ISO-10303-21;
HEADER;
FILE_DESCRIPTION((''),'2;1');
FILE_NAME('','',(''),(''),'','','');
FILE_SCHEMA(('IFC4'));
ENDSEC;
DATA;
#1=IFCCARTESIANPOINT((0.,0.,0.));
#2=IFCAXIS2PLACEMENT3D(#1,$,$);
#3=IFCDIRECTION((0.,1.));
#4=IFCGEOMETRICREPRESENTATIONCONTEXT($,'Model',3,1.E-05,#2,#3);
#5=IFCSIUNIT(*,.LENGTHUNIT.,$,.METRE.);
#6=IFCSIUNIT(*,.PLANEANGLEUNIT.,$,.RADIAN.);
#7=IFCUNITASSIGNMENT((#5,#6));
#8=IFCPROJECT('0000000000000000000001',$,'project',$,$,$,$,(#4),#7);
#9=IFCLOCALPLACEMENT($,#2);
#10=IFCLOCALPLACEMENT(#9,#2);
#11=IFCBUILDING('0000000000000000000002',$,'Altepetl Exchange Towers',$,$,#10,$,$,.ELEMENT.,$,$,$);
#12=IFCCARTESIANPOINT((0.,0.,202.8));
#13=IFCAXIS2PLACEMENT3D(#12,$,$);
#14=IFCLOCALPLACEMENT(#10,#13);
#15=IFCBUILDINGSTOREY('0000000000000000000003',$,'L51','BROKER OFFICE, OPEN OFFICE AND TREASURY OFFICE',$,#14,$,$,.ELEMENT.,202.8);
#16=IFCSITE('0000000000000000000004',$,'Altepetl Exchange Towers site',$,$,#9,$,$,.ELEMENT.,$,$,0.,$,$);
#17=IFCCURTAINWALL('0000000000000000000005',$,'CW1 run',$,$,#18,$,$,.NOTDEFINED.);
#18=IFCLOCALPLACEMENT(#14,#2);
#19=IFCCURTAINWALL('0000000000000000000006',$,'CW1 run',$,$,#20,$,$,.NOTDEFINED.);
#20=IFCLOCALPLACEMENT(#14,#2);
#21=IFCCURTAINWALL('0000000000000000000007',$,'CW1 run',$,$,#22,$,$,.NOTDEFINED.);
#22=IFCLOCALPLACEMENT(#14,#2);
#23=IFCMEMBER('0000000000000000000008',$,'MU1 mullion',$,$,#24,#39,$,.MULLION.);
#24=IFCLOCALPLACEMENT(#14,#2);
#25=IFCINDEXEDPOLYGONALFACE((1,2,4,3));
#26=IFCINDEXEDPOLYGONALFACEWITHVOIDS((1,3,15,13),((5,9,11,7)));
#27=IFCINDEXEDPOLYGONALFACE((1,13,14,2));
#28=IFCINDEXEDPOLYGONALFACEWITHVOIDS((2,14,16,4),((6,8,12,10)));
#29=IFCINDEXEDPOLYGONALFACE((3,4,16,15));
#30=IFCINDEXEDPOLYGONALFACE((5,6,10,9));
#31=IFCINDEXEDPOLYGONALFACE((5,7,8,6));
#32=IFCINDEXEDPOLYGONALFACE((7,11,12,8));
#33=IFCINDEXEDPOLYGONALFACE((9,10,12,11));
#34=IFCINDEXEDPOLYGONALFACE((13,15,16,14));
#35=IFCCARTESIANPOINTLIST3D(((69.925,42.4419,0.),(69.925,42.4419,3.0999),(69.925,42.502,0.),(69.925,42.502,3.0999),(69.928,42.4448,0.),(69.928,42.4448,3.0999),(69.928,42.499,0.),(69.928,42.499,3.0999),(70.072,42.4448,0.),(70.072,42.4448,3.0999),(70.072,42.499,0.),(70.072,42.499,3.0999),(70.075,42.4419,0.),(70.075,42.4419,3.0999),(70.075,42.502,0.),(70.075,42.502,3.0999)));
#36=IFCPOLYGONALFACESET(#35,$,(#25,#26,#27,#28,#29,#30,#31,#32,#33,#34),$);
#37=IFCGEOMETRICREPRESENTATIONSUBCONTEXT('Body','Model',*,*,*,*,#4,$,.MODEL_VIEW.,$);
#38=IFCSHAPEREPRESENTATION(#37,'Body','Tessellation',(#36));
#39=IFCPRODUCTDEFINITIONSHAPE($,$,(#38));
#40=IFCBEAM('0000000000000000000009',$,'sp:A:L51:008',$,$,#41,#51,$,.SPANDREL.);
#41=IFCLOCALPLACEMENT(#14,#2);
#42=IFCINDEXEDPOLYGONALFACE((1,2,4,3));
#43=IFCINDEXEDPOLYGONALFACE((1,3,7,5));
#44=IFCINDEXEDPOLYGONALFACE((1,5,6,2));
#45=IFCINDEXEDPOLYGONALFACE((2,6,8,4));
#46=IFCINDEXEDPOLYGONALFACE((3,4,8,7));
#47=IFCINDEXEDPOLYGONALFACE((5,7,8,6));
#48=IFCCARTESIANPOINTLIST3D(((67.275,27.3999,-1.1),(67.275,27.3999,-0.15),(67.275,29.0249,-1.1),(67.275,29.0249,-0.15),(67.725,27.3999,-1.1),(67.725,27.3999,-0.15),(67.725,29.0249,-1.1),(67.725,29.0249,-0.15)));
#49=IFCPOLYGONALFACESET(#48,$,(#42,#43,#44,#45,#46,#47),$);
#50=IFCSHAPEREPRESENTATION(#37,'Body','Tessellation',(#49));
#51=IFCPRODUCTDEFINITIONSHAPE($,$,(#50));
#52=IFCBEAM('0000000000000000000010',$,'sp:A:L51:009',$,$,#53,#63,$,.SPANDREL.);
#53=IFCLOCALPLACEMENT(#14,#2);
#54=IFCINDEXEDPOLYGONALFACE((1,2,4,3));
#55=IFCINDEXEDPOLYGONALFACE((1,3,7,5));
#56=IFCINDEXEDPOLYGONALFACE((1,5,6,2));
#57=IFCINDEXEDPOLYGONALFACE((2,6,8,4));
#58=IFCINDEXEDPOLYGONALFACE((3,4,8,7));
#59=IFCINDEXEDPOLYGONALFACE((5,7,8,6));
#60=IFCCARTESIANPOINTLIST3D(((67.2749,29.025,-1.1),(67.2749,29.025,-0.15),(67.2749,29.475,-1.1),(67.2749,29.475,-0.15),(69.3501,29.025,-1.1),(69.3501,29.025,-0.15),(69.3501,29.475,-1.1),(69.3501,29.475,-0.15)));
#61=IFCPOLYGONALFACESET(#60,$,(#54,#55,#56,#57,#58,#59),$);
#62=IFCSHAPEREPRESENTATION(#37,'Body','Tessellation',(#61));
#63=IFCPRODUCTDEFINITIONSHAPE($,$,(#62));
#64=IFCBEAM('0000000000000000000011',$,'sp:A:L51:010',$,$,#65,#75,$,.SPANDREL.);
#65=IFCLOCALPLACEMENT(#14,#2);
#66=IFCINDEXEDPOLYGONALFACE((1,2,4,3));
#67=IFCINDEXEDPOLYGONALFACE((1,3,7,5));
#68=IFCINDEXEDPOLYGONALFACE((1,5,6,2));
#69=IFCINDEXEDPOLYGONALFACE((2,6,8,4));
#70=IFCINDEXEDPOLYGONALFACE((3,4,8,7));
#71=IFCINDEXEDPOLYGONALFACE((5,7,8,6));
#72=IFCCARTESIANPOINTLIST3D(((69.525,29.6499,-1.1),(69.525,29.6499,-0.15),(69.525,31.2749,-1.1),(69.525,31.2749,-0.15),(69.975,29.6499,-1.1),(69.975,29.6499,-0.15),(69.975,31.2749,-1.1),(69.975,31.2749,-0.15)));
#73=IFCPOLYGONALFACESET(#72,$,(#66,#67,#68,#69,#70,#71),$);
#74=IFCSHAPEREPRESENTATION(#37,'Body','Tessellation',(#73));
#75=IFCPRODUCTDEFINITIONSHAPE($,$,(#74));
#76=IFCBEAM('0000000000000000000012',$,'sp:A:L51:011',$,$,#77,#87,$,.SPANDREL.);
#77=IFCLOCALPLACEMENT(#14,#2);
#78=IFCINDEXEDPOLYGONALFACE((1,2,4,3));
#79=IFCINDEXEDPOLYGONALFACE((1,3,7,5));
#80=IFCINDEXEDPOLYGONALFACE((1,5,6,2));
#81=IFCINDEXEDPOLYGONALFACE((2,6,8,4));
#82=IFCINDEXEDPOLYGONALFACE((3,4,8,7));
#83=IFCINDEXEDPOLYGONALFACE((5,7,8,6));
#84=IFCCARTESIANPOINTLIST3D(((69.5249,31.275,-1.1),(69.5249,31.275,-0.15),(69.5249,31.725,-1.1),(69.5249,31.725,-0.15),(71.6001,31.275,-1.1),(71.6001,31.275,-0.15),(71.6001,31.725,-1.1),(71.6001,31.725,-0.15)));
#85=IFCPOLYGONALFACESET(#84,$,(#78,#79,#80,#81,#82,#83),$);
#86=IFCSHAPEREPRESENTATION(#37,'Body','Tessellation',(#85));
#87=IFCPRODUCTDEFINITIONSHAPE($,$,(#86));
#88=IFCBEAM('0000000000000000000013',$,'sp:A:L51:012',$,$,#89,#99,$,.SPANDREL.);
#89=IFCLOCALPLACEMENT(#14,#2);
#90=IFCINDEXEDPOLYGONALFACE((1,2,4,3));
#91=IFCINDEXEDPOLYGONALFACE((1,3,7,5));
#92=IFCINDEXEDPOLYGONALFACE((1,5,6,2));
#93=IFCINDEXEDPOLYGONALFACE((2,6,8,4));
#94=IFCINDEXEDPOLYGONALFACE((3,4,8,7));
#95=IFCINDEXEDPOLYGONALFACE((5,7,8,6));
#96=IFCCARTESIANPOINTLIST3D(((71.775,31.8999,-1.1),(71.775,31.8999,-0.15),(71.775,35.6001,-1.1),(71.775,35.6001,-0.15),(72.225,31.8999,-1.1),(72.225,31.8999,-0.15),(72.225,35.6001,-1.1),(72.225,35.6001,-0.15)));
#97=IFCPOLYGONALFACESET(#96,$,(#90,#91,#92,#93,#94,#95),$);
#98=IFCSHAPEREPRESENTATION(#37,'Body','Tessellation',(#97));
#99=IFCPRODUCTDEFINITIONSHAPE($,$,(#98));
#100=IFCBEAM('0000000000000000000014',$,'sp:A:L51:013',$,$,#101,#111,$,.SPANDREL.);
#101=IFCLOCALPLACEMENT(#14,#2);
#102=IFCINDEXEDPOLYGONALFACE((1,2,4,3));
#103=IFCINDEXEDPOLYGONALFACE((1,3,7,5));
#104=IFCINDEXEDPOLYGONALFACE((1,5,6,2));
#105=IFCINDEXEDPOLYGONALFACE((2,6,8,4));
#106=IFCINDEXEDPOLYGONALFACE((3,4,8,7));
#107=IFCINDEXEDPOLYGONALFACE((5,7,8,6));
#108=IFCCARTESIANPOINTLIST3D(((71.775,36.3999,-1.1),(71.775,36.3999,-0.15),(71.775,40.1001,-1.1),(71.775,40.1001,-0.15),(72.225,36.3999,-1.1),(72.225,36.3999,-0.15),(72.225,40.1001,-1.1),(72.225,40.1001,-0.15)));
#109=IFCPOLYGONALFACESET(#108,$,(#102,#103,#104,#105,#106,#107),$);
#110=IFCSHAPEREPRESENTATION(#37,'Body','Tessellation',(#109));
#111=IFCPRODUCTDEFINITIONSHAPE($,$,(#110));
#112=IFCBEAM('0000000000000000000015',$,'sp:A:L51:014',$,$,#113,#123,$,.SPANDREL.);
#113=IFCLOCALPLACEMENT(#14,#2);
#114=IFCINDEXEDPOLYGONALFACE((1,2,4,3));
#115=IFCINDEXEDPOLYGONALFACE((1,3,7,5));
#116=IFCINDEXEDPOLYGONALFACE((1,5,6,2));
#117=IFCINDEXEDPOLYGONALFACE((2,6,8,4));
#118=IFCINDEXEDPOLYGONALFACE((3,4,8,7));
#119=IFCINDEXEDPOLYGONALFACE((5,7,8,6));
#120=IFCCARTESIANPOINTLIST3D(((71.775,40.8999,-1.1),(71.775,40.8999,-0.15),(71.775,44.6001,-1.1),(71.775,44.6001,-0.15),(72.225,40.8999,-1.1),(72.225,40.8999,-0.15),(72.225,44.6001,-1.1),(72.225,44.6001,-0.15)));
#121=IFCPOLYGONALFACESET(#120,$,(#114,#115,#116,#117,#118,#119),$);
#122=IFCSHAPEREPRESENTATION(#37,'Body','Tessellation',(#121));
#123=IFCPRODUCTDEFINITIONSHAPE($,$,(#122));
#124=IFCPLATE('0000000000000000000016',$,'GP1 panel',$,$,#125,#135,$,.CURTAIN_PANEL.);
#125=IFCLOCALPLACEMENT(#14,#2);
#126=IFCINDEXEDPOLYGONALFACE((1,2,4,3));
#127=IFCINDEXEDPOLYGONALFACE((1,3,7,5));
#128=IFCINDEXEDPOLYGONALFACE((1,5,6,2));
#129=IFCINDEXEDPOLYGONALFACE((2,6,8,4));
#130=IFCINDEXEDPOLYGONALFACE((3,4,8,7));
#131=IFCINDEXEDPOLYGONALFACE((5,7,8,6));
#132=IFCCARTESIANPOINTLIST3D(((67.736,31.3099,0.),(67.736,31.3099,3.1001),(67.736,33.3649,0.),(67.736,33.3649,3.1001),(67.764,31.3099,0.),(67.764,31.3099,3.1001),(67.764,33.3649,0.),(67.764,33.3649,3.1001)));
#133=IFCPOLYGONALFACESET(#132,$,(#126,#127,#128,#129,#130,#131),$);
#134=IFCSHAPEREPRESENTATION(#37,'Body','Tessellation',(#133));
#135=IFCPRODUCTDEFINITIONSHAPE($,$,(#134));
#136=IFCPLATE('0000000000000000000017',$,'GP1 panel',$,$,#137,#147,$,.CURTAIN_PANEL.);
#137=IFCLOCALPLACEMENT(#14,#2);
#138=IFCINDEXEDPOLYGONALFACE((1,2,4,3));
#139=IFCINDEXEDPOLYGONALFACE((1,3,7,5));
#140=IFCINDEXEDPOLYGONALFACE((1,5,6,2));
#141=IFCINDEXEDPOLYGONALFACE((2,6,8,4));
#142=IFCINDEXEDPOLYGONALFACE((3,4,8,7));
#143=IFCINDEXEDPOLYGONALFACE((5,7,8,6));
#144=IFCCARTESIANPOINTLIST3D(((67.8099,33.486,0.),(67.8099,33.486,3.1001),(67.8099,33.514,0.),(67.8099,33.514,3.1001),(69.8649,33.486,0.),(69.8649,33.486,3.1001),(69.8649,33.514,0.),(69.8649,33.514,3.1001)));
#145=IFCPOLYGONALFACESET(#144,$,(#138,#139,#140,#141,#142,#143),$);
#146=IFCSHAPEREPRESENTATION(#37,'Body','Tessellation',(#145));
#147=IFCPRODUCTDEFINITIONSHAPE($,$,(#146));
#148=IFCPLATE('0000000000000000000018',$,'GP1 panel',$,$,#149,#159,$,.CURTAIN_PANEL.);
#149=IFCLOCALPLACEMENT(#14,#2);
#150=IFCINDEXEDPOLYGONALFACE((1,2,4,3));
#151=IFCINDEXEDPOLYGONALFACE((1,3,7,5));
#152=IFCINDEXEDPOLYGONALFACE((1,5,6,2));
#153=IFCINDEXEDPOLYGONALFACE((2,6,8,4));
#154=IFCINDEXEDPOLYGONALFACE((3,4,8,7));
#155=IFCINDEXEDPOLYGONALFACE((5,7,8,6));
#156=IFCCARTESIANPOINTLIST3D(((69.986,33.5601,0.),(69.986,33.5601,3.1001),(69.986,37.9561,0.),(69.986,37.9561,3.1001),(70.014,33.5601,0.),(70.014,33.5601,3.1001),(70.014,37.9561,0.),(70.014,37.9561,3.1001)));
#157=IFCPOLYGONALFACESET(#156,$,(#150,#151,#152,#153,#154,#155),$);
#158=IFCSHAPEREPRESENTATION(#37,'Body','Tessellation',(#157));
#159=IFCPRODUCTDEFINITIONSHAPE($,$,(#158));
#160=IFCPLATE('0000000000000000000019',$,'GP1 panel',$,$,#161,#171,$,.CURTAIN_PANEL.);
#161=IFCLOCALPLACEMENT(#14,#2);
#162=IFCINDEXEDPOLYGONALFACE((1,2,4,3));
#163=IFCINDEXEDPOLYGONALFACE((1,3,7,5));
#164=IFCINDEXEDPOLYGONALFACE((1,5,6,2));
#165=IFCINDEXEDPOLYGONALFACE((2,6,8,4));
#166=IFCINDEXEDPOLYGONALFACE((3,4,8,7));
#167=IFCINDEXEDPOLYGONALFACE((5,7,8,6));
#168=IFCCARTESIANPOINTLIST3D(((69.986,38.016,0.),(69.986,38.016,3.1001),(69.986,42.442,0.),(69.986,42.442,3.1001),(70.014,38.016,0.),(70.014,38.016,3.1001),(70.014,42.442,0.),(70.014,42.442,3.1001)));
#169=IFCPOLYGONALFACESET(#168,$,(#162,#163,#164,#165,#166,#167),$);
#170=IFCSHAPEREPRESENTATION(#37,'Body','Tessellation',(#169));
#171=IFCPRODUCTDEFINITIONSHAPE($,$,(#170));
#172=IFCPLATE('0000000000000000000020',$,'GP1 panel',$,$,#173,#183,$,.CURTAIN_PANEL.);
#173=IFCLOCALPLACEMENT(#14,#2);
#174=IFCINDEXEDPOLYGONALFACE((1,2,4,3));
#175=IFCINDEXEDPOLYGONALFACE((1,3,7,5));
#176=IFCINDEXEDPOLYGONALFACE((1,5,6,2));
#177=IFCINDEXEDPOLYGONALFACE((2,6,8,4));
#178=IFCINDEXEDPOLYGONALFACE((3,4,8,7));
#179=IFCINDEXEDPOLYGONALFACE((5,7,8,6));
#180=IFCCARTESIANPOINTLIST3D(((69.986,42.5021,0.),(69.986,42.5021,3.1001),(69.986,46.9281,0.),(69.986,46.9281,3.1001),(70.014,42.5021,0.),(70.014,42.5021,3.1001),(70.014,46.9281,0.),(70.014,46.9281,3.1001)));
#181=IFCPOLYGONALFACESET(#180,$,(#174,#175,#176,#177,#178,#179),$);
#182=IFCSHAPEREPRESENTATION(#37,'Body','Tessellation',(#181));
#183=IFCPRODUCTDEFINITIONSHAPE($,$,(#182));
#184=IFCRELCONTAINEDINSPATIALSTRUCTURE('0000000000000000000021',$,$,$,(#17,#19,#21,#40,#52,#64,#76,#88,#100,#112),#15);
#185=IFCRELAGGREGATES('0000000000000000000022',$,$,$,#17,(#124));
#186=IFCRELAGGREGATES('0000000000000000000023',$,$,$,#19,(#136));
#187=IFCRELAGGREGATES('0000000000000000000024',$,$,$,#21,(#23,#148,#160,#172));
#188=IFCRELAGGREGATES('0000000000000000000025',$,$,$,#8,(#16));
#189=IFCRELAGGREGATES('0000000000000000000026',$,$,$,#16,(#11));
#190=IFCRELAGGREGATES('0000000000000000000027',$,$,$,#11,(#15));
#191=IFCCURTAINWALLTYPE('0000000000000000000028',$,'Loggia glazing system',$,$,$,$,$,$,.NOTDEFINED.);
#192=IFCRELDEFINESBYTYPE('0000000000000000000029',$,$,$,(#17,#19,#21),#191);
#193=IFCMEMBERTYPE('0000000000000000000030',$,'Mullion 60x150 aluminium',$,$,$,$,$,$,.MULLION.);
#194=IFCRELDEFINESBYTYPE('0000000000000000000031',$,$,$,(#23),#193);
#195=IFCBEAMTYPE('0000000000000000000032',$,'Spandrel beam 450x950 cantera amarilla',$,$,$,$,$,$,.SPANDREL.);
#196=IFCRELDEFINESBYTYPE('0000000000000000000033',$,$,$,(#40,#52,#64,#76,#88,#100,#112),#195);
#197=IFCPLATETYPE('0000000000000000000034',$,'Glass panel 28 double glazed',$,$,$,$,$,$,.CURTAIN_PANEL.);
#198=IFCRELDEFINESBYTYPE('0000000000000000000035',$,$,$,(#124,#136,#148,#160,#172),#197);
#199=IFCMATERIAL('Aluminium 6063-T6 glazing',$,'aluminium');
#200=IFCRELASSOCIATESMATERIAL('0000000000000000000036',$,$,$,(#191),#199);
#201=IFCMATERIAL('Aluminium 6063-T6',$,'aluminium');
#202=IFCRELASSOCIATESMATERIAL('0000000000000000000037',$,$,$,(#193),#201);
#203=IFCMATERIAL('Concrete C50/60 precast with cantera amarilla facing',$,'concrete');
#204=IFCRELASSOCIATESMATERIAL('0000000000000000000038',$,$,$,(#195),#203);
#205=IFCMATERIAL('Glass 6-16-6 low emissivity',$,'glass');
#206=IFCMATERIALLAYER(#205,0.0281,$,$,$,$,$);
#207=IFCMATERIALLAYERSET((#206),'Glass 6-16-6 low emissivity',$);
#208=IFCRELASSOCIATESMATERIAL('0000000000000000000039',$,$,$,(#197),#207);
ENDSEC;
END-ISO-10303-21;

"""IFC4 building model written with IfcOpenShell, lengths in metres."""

from ifc_helpers import new_model, si_unit, direction, frame, origin, origin_2d, place, context, subcontext, project, spatial, rectangle, hollow_rectangle, extrude, material, layer, layer_set, material_profile, profile_set, type_object, element, aggregate, save


model = new_model("IFC4")

# Units and contexts
model_context = context("Model", 3, precision=1e-05, world=origin(), true_north=direction((0.0, 1.0)))
body_context = subcontext(model_context, "Body", "Model", "MODEL_VIEW")
ifc_project = project(units=[si_unit("LENGTHUNIT", "METRE"), si_unit("PLANEANGLEUNIT", "RADIAN")], contexts=[model_context])

# Site, building, storey
site_placement = place(None, origin())
site = spatial("IfcSite", under=ifc_project, at=site_placement, Name="Altepetl Exchange Towers site", CompositionType="ELEMENT", RefElevation=0.0)
building_placement = place(site_placement, origin())
building = spatial("IfcBuilding", under=site, at=building_placement, Name="Altepetl Exchange Towers", CompositionType="ELEMENT")
storey_placement = place(building_placement, frame((0.0, 0.0, 202.8)))
storey = spatial("IfcBuildingStorey", under=building, at=storey_placement, Name="L51", Description="BROKER OFFICE, OPEN OFFICE AND TREASURY OFFICE", CompositionType="ELEMENT", Elevation=202.8)

# Shared definitions
ifc_material_1 = material(Name="Aluminium 6063-T6 glazing", Category="aluminium")
curtain_wall_type = type_object("IfcCurtainWallType", Name="Loggia glazing system", PredefinedType="NOTDEFINED", material=ifc_material_1)
ifc_material_2 = material(Name="Aluminium 6063-T6", Category="aluminium")
ifc_material_profile_1 = material_profile(ifc_material_2, hollow_rectangle(XDim=0.0601, YDim=0.1499, WallThickness=0.0029, at=origin_2d()), Name="Mullion 60x150 aluminium")
ifc_profile_set_1 = profile_set([ifc_material_profile_1], Name="Aluminium 6063-T6")
member_type = type_object("IfcMemberType", Name="Mullion 60x150 aluminium", PredefinedType="MULLION", material=ifc_profile_set_1)

# Curtain walls, member
curtain_wall_1_placement = place(storey_placement, origin())
curtain_wall_1 = element("IfcCurtainWall", 1, at=curtain_wall_1_placement, inside=storey, type_object=curtain_wall_type, Name="CW1 run", PredefinedType="NOTDEFINED")
curtain_wall_2_placement = place(storey_placement, origin())
curtain_wall_2 = element("IfcCurtainWall", 2, at=curtain_wall_2_placement, inside=storey, type_object=curtain_wall_type, Name="CW1 run", PredefinedType="NOTDEFINED")
curtain_wall_3_placement = place(storey_placement, origin())
curtain_wall_3 = element("IfcCurtainWall", 3, at=curtain_wall_3_placement, inside=storey, type_object=curtain_wall_type, Name="CW1 run", PredefinedType="NOTDEFINED")
member_1_placement = place(storey_placement, frame((70.0, 42.4719, 0.0), z_axis=(0.0, 0.0, 1.0), x_axis=(0.0, 1.0, 0.0)))
member_1 = element("IfcMember", 4, at=member_1_placement, type_object=member_type, Name="MU1 mullion", PredefinedType="MULLION", context=body_context, shape_type="SweptSolid", body=[
    extrude(hollow_rectangle(XDim=0.0601, YDim=0.1499, WallThickness=0.0029, at=origin_2d()), origin(), (0.0, 0.0, 1.0), 3.0999),
])

# Beams
ifc_material_3 = material(Name="Concrete C50/60 precast with cantera amarilla facing", Category="concrete")
ifc_material_profile_2 = material_profile(ifc_material_3, rectangle(XDim=0.45, YDim=0.95, at=origin_2d()), Name="450 x 950")
ifc_profile_set_2 = profile_set([ifc_material_profile_2], Name="Concrete C50/60 precast with cantera amarilla facing")
beam_type = type_object("IfcBeamType", Name="Spandrel beam 450x950 cantera amarilla", PredefinedType="SPANDREL", material=ifc_profile_set_2)
beam_1_placement = place(storey_placement, frame((67.5, 27.3999, -0.625), z_axis=(0.0, 1.0, 0.0), x_axis=(-1.0, 0.0, 0.0)))
element("IfcBeam", 5, at=beam_1_placement, inside=storey, type_object=beam_type, Name="sp:A:L51:008", PredefinedType="SPANDREL", context=body_context, shape_type="SweptSolid", body=[
    extrude(rectangle(XDim=0.45, YDim=0.95, at=origin_2d()), origin(), (0.0, 0.0, 1.0), 1.625),
])
beam_2_placement = place(storey_placement, frame((67.2749, 29.25, -0.625), z_axis=(1.0, 0.0, 0.0), x_axis=(0.0, 1.0, 0.0)))
element("IfcBeam", 6, at=beam_2_placement, inside=storey, type_object=beam_type, Name="sp:A:L51:009", PredefinedType="SPANDREL", context=body_context, shape_type="SweptSolid", body=[
    extrude(rectangle(XDim=0.45, YDim=0.95, at=origin_2d()), origin(), (0.0, 0.0, 1.0), 2.0752),
])
beam_3_placement = place(storey_placement, frame((69.75, 29.6499, -0.625), z_axis=(0.0, 1.0, 0.0), x_axis=(-1.0, 0.0, 0.0)))
element("IfcBeam", 7, at=beam_3_placement, inside=storey, type_object=beam_type, Name="sp:A:L51:010", PredefinedType="SPANDREL", context=body_context, shape_type="SweptSolid", body=[
    extrude(rectangle(XDim=0.45, YDim=0.95, at=origin_2d()), origin(), (0.0, 0.0, 1.0), 1.625),
])
beam_4_placement = place(storey_placement, frame((69.5249, 31.5, -0.625), z_axis=(1.0, 0.0, 0.0), x_axis=(0.0, 1.0, 0.0)))
element("IfcBeam", 8, at=beam_4_placement, inside=storey, type_object=beam_type, Name="sp:A:L51:011", PredefinedType="SPANDREL", context=body_context, shape_type="SweptSolid", body=[
    extrude(rectangle(XDim=0.45, YDim=0.95, at=origin_2d()), origin(), (0.0, 0.0, 1.0), 2.0752),
])
for number, where, z_axis, x_axis, name in (
    (9, (72.0, 31.8999, -0.625), (0.0, 1.0, 0.0), (-1.0, 0.0, 0.0), "sp:A:L51:012"),
    (10, (72.0, 36.3999, -0.625), (0.0, 1.0, 0.0), (-1.0, 0.0, 0.0), "sp:A:L51:013"),
    (11, (72.0, 40.8999, -0.625), (0.0, 1.0, 0.0), (-1.0, 0.0, 0.0), "sp:A:L51:014"),
):
    element("IfcBeam", number, at=place(storey_placement, frame(where, z_axis=z_axis, x_axis=x_axis)), inside=storey, type_object=beam_type, Name=name, PredefinedType="SPANDREL", context=body_context, shape_type="SweptSolid", body=[
        extrude(rectangle(XDim=0.45, YDim=0.95, at=origin_2d()), origin(), (0.0, 0.0, 1.0), 3.7002),
    ])

# Plates
ifc_material_4 = material(Name="Glass 6-16-6 low emissivity", Category="glass")
ifc_layer = layer(ifc_material_4, 0.0281)
ifc_layer_set = layer_set([ifc_layer], Name="Glass 6-16-6 low emissivity")
plate_type = type_object("IfcPlateType", Name="Glass panel 28 double glazed", PredefinedType="CURTAIN_PANEL", material=ifc_layer_set)
plate_1_placement = place(storey_placement, frame((67.75, 32.3374, 0.0), z_axis=(0.0, 0.0, 1.0), x_axis=(0.0, 1.0, 0.0)))
plate_1 = element("IfcPlate", 12, at=plate_1_placement, type_object=plate_type, Name="GP1 panel", PredefinedType="CURTAIN_PANEL", context=body_context, shape_type="SweptSolid", body=[
    extrude(rectangle(XDim=2.0549, YDim=0.0281, at=origin_2d()), origin(), (0.0, 0.0, 1.0), 3.1001),
])
aggregate(curtain_wall_1, [plate_1])
plate_2_placement = place(storey_placement, frame((68.8374, 33.5, 0.0)))
plate_2 = element("IfcPlate", 13, at=plate_2_placement, type_object=plate_type, Name="GP1 panel", PredefinedType="CURTAIN_PANEL", context=body_context, shape_type="SweptSolid", body=[
    extrude(rectangle(XDim=2.0549, YDim=0.0281, at=origin_2d()), origin(), (0.0, 0.0, 1.0), 3.1001),
])
aggregate(curtain_wall_2, [plate_2])
plate_3_placement = place(storey_placement, frame((70.0, 35.7581, 0.0), z_axis=(0.0, 0.0, 1.0), x_axis=(0.0, 1.0, 0.0)))
plate_3 = element("IfcPlate", 14, at=plate_3_placement, type_object=plate_type, Name="GP1 panel", PredefinedType="CURTAIN_PANEL", context=body_context, shape_type="SweptSolid", body=[
    extrude(rectangle(XDim=4.396, YDim=0.0281, at=origin_2d()), origin(), (0.0, 0.0, 1.0), 3.1001),
])
plate_4_placement = place(storey_placement, frame((70.0, 40.229, 0.0), z_axis=(0.0, 0.0, 1.0), x_axis=(0.0, 1.0, 0.0)))
plate_4 = element("IfcPlate", 15, at=plate_4_placement, type_object=plate_type, Name="GP1 panel", PredefinedType="CURTAIN_PANEL", context=body_context, shape_type="SweptSolid", body=[
    extrude(rectangle(XDim=4.426, YDim=0.0281, at=origin_2d()), origin(), (0.0, 0.0, 1.0), 3.1001),
])
plate_5_placement = place(storey_placement, frame((70.0, 44.7151, 0.0), z_axis=(0.0, 0.0, 1.0), x_axis=(0.0, 1.0, 0.0)))
plate_5 = element("IfcPlate", 16, at=plate_5_placement, type_object=plate_type, Name="GP1 panel", PredefinedType="CURTAIN_PANEL", context=body_context, shape_type="SweptSolid", body=[
    extrude(rectangle(XDim=4.426, YDim=0.0281, at=origin_2d()), origin(), (0.0, 0.0, 1.0), 3.1001),
])
aggregate(curtain_wall_3, [member_1, plate_3, plate_4, plate_5])

save(model, "model.ifc")
